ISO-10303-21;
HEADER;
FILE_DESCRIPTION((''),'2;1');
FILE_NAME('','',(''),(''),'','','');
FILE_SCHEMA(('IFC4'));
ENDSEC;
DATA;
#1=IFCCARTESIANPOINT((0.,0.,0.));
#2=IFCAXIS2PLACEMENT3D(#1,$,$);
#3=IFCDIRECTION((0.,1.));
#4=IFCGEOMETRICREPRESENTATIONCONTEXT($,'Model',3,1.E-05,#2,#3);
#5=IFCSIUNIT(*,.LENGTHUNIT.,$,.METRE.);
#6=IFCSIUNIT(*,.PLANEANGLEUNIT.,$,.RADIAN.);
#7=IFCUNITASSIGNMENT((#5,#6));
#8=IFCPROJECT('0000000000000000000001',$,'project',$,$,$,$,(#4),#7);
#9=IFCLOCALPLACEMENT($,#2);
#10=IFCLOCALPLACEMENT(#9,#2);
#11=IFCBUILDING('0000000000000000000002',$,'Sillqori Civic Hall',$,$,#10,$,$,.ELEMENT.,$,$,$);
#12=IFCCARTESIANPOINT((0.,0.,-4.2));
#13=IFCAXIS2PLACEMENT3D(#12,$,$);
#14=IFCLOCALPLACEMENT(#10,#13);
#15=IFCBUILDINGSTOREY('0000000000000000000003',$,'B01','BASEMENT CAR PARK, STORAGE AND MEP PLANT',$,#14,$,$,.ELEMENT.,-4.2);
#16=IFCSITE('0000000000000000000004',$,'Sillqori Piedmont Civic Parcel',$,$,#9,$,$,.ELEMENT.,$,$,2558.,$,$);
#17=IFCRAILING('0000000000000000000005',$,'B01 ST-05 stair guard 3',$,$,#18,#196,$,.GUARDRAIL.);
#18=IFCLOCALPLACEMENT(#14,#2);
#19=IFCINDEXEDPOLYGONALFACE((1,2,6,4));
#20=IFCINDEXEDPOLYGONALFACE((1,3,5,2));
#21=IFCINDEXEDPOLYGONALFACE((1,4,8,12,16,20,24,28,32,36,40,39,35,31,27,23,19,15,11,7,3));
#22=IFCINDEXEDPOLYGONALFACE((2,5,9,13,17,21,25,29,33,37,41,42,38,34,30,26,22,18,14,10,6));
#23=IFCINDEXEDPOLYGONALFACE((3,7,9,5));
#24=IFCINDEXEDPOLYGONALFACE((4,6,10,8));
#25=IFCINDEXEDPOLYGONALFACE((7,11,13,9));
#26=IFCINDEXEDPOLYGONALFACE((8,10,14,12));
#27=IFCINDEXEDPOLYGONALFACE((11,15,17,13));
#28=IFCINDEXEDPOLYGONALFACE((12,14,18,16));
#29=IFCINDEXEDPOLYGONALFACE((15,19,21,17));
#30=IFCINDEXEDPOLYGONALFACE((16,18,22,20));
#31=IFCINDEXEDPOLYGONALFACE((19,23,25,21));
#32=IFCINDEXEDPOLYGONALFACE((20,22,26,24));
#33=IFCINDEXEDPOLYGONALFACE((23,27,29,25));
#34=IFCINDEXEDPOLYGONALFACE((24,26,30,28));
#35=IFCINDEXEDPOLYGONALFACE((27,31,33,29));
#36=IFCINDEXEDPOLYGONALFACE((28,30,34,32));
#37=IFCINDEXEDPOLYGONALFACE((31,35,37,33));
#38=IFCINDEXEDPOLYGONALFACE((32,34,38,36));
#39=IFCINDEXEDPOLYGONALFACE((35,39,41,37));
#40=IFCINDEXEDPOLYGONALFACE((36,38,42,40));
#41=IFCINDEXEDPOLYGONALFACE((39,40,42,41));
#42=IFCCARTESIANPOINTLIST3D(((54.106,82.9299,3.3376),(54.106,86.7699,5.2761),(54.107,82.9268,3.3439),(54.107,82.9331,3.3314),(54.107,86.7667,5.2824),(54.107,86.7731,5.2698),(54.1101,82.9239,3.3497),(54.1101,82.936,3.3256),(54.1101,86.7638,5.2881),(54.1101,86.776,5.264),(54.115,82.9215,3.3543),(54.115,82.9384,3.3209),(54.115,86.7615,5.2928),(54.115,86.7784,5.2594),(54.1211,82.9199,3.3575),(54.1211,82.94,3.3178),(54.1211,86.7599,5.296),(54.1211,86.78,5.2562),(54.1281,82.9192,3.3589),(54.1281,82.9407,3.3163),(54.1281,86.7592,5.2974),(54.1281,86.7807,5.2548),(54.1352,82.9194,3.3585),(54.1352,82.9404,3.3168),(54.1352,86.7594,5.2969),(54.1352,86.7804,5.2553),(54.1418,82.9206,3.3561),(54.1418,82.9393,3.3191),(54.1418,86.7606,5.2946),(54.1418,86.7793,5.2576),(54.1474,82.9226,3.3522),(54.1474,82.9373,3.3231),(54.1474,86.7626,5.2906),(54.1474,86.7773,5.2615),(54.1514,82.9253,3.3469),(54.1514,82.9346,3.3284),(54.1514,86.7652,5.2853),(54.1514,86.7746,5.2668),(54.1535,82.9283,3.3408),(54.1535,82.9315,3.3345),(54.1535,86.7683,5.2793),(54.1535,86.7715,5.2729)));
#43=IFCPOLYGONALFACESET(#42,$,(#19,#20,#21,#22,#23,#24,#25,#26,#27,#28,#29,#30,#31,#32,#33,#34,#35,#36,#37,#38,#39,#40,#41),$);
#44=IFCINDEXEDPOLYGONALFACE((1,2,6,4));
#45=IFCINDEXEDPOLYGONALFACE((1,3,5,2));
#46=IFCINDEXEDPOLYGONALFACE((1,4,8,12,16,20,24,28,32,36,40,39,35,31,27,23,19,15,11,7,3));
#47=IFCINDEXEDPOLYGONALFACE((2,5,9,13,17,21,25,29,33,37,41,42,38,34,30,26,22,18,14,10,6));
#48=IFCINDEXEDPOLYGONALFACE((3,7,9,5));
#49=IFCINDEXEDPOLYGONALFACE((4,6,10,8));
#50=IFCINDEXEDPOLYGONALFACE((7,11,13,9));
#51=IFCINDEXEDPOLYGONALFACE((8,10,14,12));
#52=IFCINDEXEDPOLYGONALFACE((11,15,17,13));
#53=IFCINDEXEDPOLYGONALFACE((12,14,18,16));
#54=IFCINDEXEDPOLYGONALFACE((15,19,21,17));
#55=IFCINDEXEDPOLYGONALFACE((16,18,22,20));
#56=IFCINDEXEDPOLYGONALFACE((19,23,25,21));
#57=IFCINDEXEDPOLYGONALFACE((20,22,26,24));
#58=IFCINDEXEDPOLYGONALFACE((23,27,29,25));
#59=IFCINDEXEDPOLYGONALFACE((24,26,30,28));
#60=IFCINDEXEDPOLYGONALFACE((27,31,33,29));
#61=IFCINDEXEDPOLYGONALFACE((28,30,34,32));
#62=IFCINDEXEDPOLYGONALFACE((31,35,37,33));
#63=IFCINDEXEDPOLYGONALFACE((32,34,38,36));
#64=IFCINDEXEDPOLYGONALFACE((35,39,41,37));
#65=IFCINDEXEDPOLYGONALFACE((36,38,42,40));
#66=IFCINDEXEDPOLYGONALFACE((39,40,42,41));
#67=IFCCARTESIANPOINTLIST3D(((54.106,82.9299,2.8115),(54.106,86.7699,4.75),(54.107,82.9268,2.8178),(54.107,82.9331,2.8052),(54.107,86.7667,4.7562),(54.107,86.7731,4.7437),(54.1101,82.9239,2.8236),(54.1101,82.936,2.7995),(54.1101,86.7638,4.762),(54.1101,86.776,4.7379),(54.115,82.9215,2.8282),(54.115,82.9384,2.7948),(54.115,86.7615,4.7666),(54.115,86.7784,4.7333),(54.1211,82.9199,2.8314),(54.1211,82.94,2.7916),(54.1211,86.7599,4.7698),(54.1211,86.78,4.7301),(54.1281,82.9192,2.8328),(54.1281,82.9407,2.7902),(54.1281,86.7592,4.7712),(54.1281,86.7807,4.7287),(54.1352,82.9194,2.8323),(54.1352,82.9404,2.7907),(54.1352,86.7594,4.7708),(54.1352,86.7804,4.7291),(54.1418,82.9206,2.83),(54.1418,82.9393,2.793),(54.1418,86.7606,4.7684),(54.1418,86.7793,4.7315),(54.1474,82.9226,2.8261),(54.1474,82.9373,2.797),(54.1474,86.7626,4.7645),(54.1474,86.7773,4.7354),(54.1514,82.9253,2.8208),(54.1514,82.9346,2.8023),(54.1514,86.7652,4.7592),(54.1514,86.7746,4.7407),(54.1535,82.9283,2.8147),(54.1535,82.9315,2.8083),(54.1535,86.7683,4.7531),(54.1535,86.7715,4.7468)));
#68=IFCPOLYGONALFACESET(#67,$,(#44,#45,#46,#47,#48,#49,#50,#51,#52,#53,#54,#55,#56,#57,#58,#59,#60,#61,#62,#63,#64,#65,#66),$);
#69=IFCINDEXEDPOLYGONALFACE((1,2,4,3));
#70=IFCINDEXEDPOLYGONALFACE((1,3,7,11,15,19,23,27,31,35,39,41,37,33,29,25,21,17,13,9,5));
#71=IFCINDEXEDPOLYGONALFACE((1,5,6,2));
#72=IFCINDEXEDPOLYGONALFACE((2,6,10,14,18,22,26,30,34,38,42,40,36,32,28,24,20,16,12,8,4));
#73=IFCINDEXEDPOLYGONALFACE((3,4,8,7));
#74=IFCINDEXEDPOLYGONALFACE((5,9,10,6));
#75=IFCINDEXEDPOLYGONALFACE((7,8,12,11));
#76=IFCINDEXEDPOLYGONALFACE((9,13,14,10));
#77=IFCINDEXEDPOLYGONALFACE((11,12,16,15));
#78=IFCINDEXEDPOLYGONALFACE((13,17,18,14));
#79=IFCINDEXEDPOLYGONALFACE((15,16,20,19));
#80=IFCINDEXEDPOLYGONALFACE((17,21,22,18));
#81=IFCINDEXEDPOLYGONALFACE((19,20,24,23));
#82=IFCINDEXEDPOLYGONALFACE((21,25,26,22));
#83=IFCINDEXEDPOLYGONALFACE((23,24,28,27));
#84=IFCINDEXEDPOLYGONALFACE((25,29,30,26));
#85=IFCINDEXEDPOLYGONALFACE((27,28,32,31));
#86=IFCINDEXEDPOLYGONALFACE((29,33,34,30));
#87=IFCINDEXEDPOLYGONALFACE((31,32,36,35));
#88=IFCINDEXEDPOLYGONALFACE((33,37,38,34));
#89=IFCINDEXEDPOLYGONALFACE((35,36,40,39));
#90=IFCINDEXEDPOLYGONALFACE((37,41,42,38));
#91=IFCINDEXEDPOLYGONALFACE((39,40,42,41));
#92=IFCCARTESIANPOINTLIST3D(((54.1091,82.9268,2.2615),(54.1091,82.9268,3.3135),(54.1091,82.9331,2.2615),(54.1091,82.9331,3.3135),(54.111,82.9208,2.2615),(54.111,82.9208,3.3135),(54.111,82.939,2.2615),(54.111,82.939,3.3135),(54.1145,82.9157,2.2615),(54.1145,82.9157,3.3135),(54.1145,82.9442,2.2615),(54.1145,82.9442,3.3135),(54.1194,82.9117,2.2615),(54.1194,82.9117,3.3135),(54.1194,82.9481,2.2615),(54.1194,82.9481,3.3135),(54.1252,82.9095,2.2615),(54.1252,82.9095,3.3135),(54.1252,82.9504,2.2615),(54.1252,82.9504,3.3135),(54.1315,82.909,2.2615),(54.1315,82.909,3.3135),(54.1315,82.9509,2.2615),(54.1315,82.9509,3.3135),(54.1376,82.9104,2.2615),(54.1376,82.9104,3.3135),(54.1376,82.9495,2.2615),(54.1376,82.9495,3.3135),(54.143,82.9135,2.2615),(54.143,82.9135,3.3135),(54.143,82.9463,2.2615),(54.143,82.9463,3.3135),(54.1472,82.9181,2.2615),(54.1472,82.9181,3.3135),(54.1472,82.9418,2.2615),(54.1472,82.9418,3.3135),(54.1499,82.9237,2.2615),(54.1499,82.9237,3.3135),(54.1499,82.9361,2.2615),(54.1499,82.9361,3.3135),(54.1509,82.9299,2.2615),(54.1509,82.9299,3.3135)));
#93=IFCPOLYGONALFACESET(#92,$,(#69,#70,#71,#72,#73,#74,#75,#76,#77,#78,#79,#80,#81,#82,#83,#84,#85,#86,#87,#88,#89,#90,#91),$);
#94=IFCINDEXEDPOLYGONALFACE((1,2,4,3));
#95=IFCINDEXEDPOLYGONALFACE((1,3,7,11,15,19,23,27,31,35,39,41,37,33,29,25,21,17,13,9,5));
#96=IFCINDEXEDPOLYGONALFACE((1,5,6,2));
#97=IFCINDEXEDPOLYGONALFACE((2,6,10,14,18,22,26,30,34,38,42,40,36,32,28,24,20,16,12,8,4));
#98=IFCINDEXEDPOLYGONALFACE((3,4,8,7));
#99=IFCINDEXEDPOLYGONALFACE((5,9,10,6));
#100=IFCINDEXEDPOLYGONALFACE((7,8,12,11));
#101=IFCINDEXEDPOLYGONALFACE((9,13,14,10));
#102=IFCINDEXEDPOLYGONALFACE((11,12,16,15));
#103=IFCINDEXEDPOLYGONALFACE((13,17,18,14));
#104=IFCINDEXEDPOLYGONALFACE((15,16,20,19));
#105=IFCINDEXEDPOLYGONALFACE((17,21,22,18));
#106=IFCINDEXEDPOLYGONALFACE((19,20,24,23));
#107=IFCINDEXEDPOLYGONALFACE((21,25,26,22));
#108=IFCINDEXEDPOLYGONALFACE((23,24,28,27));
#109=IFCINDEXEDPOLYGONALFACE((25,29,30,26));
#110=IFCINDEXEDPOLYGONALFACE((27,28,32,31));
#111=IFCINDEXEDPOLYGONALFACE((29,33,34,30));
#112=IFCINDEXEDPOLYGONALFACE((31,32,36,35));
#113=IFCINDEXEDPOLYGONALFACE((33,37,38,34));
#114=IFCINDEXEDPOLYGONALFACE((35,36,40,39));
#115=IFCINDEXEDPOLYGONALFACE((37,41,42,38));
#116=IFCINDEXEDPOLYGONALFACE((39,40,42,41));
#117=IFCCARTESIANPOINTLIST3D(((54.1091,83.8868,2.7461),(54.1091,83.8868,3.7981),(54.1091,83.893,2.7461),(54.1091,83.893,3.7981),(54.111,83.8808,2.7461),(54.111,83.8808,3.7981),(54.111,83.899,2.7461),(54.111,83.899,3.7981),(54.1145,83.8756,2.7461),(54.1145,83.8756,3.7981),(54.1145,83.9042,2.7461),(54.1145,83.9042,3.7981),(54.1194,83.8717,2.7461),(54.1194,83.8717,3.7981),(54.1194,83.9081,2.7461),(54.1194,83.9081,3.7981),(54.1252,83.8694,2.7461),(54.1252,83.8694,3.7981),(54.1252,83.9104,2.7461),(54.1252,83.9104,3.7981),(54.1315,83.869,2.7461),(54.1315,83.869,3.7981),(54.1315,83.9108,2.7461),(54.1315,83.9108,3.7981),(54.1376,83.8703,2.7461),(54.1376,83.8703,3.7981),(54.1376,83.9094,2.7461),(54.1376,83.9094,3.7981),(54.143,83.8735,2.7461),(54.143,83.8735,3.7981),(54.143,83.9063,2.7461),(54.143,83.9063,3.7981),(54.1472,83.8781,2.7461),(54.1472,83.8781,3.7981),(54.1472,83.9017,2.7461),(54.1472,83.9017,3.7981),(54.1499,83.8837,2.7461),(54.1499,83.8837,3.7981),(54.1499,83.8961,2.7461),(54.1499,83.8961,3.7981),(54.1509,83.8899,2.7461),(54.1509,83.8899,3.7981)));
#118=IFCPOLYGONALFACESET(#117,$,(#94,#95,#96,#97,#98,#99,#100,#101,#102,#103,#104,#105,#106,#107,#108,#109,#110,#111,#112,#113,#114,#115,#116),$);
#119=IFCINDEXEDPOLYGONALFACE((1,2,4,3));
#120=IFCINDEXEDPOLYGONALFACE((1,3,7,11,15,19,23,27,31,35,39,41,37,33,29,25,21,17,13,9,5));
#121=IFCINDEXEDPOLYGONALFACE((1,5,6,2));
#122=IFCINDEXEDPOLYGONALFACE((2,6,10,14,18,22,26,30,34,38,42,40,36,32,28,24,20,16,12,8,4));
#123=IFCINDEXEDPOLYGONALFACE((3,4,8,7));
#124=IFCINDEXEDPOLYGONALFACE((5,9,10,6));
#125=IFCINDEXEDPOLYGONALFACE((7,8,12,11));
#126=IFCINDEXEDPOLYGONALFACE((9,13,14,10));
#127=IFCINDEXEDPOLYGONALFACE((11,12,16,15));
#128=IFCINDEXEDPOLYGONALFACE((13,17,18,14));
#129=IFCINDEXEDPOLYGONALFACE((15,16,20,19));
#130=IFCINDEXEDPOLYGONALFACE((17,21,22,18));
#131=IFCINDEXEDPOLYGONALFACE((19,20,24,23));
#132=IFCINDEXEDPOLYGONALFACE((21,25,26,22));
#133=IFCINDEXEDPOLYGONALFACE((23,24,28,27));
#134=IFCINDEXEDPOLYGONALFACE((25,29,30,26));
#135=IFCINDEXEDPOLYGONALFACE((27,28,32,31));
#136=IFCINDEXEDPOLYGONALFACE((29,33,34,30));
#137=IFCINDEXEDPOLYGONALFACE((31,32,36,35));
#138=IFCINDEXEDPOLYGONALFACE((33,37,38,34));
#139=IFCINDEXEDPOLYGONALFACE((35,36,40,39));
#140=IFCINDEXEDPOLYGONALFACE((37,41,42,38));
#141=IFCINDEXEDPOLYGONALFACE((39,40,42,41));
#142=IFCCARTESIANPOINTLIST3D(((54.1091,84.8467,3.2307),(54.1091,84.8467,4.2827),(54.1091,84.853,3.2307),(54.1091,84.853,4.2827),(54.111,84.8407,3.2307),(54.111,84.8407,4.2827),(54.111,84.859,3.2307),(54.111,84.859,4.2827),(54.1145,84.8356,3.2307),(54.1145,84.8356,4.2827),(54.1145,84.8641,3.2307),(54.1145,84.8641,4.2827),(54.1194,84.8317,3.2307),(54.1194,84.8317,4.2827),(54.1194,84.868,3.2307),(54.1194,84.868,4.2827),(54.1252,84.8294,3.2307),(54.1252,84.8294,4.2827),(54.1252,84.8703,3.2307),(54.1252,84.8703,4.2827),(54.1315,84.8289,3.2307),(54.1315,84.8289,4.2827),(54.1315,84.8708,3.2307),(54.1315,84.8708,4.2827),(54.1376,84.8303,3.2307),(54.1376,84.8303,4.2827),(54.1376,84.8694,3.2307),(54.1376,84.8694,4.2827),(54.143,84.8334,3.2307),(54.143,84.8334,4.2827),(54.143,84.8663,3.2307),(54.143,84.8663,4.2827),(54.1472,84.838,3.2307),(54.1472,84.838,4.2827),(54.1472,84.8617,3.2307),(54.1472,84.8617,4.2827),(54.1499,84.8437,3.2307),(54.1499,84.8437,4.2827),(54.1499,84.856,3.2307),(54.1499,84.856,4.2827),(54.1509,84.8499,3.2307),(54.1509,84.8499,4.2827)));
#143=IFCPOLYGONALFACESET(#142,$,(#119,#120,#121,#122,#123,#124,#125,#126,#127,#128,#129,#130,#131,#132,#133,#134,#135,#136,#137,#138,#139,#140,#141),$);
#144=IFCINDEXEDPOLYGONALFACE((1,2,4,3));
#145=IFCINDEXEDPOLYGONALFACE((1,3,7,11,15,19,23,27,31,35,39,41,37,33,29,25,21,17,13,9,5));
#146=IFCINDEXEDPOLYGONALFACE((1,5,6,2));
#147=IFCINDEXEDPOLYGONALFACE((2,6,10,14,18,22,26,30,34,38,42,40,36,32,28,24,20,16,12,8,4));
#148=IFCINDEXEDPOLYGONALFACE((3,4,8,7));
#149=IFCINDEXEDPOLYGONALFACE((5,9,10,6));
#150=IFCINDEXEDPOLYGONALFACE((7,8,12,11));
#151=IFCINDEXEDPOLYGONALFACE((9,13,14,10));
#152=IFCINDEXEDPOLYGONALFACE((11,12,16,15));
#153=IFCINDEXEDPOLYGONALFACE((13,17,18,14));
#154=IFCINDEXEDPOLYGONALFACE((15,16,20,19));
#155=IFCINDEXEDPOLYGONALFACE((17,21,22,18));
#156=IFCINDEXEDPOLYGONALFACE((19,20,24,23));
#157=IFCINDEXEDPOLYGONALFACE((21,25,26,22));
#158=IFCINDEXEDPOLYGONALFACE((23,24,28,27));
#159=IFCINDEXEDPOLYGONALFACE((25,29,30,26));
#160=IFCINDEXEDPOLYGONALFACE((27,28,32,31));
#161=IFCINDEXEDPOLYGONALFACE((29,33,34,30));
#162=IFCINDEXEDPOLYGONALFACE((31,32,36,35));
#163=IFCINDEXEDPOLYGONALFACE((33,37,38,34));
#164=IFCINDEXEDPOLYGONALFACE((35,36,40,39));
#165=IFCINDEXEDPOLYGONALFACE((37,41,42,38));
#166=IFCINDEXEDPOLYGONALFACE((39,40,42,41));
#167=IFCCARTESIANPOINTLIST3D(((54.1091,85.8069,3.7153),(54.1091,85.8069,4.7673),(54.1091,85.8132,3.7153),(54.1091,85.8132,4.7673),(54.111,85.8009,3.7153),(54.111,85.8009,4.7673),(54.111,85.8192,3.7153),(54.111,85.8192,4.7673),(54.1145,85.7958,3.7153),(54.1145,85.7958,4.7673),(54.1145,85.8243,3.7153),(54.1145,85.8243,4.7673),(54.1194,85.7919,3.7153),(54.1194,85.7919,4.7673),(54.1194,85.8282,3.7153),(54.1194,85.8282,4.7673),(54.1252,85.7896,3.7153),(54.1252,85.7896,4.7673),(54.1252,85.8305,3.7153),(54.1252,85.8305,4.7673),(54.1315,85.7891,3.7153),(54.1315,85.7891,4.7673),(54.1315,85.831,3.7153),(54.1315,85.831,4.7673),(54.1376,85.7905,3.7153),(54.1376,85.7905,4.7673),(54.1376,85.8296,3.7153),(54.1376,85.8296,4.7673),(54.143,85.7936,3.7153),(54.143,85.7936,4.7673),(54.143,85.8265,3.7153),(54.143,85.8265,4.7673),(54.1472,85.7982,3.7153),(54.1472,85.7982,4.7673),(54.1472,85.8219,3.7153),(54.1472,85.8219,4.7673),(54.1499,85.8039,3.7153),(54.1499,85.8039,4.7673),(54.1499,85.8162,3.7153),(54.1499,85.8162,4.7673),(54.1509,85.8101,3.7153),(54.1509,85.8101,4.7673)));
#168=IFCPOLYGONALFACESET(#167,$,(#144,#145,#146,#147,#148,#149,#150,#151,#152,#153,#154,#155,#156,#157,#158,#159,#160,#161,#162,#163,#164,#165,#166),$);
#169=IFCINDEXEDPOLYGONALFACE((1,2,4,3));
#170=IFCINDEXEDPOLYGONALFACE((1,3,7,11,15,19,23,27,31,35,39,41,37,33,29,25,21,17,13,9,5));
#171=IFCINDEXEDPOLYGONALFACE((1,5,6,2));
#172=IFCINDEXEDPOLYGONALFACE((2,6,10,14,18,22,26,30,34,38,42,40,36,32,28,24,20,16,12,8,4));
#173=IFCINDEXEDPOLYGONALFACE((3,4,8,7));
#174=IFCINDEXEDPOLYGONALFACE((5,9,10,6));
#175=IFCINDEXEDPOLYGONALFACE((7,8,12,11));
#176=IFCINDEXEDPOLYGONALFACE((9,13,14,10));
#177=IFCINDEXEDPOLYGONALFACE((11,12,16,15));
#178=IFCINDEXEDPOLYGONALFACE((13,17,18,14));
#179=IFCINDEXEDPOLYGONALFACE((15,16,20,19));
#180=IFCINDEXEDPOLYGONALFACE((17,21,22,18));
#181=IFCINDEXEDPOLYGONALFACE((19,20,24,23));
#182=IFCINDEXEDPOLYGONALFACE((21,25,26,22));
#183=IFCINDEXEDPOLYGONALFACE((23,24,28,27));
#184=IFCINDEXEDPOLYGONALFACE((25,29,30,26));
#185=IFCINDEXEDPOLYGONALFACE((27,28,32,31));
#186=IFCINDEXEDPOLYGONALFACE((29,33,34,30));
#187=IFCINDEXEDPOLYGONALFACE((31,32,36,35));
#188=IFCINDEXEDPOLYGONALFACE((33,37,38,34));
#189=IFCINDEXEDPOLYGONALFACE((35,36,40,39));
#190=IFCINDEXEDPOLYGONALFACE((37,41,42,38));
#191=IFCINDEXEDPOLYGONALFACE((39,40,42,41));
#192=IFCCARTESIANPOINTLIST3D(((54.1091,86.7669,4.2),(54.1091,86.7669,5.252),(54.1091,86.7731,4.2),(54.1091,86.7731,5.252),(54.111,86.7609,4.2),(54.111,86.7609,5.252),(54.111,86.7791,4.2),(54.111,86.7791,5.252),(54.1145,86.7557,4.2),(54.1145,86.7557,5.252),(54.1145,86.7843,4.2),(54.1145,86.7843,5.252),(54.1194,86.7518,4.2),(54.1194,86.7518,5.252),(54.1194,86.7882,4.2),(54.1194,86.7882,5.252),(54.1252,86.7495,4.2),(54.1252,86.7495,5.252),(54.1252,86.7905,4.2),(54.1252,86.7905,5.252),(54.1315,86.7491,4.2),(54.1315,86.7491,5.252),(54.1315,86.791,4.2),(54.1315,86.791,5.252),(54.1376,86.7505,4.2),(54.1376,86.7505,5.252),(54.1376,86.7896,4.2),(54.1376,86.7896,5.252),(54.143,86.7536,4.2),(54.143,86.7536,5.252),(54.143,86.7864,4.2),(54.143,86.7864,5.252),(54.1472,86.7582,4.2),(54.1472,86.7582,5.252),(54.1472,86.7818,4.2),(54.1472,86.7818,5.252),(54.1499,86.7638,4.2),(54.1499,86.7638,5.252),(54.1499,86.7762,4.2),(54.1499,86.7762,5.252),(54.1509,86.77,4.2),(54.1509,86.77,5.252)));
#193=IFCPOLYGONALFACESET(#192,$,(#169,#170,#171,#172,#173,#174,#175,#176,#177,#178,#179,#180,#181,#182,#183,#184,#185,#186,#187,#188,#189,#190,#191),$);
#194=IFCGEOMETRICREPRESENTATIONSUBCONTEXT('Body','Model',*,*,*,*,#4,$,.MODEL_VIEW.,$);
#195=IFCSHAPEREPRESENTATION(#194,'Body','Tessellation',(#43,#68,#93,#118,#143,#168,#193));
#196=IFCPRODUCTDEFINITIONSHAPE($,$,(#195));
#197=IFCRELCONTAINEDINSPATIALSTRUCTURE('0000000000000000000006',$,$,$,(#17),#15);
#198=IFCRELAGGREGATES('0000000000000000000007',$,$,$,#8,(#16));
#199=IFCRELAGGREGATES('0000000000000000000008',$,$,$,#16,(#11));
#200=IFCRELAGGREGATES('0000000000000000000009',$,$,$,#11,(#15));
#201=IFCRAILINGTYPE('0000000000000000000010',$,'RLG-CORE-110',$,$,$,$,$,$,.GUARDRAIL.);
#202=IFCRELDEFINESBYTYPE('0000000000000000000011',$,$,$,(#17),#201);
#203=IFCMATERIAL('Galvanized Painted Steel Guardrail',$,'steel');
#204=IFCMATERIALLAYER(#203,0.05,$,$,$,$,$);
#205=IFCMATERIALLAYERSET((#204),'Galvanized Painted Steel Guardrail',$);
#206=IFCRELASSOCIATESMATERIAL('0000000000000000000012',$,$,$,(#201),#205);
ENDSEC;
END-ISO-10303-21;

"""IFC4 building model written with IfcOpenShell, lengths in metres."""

from ifc_helpers import new_model, si_unit, direction, frame, origin, origin_2d, place, context, subcontext, project, spatial, circle, extrude, material, layer, layer_set, type_object, element, save


model = new_model("IFC4")

# Units and contexts
model_context = context("Model", 3, precision=1e-05, world=origin(), true_north=direction((0.0, 1.0)))
body_context = subcontext(model_context, "Body", "Model", "MODEL_VIEW")
ifc_project = project(units=[si_unit("LENGTHUNIT", "METRE"), si_unit("PLANEANGLEUNIT", "RADIAN")], contexts=[model_context])

# Site, building, storey
site_placement = place(None, origin())
site = spatial("IfcSite", under=ifc_project, at=site_placement, Name="Sillqori Piedmont Civic Parcel", CompositionType="ELEMENT", RefElevation=2558.0)
building_placement = place(site_placement, origin())
building = spatial("IfcBuilding", under=site, at=building_placement, Name="Sillqori Civic Hall", CompositionType="ELEMENT")
storey_placement = place(building_placement, frame((0.0, 0.0, -4.2)))
storey = spatial("IfcBuildingStorey", under=building, at=storey_placement, Name="B01", Description="BASEMENT CAR PARK, STORAGE AND MEP PLANT", CompositionType="ELEMENT", Elevation=-4.2)

# Railing
ifc_material_1 = material(Name="Galvanized Painted Steel Guardrail", Category="steel")
ifc_layer_1 = layer(ifc_material_1, 0.05)
ifc_layer_set_1 = layer_set([ifc_layer_1], Name="Galvanized Painted Steel Guardrail")
railing_type_1 = type_object("IfcRailingType", Name="RLG-CORE-110", PredefinedType="GUARDRAIL", material=ifc_layer_set_1)
railing_1_placement = place(storey_placement, frame((54.1299, 82.9299, 2.2615)))
element("IfcRailing", 1, at=railing_1_placement, inside=storey, type_object=railing_type_1, Name="B01 ST-05 stair guard 3", PredefinedType="GUARDRAIL", context=body_context, shape_type="SweptSolid", body=[
    extrude(circle(Radius=0.0239, at=origin_2d()), frame((0.0, 0.0, 1.0762), z_axis=(0.0, 0.892707, 0.450638), x_axis=(-1.0, 0.0, 0.0)), (0.0, 0.0, 1.0), 4.3015),
    extrude(circle(Radius=0.0239, at=origin_2d()), frame((0.0, 0.0, 0.55), z_axis=(0.0, 0.892707, 0.450638), x_axis=(-1.0, 0.0, 0.0)), (0.0, 0.0, 1.0), 4.3015),
    extrude(circle(Radius=0.021, at=origin_2d()), origin(), (0.0, 0.0, 1.0), 1.052),
    extrude(circle(Radius=0.021, at=origin_2d()), frame((0.0, 0.96, 0.4846)), (0.0, 0.0, 1.0), 1.052),
    extrude(circle(Radius=0.021, at=origin_2d()), frame((0.0, 1.9199, 0.9692)), (0.0, 0.0, 1.0), 1.052),
    extrude(circle(Radius=0.021, at=origin_2d()), frame((0.0, 2.8801, 1.4539)), (0.0, 0.0, 1.0), 1.052),
    extrude(circle(Radius=0.021, at=origin_2d()), frame((0.0, 3.8401, 1.9385)), (0.0, 0.0, 1.0), 1.052),
])

save(model, "model.ifc")
